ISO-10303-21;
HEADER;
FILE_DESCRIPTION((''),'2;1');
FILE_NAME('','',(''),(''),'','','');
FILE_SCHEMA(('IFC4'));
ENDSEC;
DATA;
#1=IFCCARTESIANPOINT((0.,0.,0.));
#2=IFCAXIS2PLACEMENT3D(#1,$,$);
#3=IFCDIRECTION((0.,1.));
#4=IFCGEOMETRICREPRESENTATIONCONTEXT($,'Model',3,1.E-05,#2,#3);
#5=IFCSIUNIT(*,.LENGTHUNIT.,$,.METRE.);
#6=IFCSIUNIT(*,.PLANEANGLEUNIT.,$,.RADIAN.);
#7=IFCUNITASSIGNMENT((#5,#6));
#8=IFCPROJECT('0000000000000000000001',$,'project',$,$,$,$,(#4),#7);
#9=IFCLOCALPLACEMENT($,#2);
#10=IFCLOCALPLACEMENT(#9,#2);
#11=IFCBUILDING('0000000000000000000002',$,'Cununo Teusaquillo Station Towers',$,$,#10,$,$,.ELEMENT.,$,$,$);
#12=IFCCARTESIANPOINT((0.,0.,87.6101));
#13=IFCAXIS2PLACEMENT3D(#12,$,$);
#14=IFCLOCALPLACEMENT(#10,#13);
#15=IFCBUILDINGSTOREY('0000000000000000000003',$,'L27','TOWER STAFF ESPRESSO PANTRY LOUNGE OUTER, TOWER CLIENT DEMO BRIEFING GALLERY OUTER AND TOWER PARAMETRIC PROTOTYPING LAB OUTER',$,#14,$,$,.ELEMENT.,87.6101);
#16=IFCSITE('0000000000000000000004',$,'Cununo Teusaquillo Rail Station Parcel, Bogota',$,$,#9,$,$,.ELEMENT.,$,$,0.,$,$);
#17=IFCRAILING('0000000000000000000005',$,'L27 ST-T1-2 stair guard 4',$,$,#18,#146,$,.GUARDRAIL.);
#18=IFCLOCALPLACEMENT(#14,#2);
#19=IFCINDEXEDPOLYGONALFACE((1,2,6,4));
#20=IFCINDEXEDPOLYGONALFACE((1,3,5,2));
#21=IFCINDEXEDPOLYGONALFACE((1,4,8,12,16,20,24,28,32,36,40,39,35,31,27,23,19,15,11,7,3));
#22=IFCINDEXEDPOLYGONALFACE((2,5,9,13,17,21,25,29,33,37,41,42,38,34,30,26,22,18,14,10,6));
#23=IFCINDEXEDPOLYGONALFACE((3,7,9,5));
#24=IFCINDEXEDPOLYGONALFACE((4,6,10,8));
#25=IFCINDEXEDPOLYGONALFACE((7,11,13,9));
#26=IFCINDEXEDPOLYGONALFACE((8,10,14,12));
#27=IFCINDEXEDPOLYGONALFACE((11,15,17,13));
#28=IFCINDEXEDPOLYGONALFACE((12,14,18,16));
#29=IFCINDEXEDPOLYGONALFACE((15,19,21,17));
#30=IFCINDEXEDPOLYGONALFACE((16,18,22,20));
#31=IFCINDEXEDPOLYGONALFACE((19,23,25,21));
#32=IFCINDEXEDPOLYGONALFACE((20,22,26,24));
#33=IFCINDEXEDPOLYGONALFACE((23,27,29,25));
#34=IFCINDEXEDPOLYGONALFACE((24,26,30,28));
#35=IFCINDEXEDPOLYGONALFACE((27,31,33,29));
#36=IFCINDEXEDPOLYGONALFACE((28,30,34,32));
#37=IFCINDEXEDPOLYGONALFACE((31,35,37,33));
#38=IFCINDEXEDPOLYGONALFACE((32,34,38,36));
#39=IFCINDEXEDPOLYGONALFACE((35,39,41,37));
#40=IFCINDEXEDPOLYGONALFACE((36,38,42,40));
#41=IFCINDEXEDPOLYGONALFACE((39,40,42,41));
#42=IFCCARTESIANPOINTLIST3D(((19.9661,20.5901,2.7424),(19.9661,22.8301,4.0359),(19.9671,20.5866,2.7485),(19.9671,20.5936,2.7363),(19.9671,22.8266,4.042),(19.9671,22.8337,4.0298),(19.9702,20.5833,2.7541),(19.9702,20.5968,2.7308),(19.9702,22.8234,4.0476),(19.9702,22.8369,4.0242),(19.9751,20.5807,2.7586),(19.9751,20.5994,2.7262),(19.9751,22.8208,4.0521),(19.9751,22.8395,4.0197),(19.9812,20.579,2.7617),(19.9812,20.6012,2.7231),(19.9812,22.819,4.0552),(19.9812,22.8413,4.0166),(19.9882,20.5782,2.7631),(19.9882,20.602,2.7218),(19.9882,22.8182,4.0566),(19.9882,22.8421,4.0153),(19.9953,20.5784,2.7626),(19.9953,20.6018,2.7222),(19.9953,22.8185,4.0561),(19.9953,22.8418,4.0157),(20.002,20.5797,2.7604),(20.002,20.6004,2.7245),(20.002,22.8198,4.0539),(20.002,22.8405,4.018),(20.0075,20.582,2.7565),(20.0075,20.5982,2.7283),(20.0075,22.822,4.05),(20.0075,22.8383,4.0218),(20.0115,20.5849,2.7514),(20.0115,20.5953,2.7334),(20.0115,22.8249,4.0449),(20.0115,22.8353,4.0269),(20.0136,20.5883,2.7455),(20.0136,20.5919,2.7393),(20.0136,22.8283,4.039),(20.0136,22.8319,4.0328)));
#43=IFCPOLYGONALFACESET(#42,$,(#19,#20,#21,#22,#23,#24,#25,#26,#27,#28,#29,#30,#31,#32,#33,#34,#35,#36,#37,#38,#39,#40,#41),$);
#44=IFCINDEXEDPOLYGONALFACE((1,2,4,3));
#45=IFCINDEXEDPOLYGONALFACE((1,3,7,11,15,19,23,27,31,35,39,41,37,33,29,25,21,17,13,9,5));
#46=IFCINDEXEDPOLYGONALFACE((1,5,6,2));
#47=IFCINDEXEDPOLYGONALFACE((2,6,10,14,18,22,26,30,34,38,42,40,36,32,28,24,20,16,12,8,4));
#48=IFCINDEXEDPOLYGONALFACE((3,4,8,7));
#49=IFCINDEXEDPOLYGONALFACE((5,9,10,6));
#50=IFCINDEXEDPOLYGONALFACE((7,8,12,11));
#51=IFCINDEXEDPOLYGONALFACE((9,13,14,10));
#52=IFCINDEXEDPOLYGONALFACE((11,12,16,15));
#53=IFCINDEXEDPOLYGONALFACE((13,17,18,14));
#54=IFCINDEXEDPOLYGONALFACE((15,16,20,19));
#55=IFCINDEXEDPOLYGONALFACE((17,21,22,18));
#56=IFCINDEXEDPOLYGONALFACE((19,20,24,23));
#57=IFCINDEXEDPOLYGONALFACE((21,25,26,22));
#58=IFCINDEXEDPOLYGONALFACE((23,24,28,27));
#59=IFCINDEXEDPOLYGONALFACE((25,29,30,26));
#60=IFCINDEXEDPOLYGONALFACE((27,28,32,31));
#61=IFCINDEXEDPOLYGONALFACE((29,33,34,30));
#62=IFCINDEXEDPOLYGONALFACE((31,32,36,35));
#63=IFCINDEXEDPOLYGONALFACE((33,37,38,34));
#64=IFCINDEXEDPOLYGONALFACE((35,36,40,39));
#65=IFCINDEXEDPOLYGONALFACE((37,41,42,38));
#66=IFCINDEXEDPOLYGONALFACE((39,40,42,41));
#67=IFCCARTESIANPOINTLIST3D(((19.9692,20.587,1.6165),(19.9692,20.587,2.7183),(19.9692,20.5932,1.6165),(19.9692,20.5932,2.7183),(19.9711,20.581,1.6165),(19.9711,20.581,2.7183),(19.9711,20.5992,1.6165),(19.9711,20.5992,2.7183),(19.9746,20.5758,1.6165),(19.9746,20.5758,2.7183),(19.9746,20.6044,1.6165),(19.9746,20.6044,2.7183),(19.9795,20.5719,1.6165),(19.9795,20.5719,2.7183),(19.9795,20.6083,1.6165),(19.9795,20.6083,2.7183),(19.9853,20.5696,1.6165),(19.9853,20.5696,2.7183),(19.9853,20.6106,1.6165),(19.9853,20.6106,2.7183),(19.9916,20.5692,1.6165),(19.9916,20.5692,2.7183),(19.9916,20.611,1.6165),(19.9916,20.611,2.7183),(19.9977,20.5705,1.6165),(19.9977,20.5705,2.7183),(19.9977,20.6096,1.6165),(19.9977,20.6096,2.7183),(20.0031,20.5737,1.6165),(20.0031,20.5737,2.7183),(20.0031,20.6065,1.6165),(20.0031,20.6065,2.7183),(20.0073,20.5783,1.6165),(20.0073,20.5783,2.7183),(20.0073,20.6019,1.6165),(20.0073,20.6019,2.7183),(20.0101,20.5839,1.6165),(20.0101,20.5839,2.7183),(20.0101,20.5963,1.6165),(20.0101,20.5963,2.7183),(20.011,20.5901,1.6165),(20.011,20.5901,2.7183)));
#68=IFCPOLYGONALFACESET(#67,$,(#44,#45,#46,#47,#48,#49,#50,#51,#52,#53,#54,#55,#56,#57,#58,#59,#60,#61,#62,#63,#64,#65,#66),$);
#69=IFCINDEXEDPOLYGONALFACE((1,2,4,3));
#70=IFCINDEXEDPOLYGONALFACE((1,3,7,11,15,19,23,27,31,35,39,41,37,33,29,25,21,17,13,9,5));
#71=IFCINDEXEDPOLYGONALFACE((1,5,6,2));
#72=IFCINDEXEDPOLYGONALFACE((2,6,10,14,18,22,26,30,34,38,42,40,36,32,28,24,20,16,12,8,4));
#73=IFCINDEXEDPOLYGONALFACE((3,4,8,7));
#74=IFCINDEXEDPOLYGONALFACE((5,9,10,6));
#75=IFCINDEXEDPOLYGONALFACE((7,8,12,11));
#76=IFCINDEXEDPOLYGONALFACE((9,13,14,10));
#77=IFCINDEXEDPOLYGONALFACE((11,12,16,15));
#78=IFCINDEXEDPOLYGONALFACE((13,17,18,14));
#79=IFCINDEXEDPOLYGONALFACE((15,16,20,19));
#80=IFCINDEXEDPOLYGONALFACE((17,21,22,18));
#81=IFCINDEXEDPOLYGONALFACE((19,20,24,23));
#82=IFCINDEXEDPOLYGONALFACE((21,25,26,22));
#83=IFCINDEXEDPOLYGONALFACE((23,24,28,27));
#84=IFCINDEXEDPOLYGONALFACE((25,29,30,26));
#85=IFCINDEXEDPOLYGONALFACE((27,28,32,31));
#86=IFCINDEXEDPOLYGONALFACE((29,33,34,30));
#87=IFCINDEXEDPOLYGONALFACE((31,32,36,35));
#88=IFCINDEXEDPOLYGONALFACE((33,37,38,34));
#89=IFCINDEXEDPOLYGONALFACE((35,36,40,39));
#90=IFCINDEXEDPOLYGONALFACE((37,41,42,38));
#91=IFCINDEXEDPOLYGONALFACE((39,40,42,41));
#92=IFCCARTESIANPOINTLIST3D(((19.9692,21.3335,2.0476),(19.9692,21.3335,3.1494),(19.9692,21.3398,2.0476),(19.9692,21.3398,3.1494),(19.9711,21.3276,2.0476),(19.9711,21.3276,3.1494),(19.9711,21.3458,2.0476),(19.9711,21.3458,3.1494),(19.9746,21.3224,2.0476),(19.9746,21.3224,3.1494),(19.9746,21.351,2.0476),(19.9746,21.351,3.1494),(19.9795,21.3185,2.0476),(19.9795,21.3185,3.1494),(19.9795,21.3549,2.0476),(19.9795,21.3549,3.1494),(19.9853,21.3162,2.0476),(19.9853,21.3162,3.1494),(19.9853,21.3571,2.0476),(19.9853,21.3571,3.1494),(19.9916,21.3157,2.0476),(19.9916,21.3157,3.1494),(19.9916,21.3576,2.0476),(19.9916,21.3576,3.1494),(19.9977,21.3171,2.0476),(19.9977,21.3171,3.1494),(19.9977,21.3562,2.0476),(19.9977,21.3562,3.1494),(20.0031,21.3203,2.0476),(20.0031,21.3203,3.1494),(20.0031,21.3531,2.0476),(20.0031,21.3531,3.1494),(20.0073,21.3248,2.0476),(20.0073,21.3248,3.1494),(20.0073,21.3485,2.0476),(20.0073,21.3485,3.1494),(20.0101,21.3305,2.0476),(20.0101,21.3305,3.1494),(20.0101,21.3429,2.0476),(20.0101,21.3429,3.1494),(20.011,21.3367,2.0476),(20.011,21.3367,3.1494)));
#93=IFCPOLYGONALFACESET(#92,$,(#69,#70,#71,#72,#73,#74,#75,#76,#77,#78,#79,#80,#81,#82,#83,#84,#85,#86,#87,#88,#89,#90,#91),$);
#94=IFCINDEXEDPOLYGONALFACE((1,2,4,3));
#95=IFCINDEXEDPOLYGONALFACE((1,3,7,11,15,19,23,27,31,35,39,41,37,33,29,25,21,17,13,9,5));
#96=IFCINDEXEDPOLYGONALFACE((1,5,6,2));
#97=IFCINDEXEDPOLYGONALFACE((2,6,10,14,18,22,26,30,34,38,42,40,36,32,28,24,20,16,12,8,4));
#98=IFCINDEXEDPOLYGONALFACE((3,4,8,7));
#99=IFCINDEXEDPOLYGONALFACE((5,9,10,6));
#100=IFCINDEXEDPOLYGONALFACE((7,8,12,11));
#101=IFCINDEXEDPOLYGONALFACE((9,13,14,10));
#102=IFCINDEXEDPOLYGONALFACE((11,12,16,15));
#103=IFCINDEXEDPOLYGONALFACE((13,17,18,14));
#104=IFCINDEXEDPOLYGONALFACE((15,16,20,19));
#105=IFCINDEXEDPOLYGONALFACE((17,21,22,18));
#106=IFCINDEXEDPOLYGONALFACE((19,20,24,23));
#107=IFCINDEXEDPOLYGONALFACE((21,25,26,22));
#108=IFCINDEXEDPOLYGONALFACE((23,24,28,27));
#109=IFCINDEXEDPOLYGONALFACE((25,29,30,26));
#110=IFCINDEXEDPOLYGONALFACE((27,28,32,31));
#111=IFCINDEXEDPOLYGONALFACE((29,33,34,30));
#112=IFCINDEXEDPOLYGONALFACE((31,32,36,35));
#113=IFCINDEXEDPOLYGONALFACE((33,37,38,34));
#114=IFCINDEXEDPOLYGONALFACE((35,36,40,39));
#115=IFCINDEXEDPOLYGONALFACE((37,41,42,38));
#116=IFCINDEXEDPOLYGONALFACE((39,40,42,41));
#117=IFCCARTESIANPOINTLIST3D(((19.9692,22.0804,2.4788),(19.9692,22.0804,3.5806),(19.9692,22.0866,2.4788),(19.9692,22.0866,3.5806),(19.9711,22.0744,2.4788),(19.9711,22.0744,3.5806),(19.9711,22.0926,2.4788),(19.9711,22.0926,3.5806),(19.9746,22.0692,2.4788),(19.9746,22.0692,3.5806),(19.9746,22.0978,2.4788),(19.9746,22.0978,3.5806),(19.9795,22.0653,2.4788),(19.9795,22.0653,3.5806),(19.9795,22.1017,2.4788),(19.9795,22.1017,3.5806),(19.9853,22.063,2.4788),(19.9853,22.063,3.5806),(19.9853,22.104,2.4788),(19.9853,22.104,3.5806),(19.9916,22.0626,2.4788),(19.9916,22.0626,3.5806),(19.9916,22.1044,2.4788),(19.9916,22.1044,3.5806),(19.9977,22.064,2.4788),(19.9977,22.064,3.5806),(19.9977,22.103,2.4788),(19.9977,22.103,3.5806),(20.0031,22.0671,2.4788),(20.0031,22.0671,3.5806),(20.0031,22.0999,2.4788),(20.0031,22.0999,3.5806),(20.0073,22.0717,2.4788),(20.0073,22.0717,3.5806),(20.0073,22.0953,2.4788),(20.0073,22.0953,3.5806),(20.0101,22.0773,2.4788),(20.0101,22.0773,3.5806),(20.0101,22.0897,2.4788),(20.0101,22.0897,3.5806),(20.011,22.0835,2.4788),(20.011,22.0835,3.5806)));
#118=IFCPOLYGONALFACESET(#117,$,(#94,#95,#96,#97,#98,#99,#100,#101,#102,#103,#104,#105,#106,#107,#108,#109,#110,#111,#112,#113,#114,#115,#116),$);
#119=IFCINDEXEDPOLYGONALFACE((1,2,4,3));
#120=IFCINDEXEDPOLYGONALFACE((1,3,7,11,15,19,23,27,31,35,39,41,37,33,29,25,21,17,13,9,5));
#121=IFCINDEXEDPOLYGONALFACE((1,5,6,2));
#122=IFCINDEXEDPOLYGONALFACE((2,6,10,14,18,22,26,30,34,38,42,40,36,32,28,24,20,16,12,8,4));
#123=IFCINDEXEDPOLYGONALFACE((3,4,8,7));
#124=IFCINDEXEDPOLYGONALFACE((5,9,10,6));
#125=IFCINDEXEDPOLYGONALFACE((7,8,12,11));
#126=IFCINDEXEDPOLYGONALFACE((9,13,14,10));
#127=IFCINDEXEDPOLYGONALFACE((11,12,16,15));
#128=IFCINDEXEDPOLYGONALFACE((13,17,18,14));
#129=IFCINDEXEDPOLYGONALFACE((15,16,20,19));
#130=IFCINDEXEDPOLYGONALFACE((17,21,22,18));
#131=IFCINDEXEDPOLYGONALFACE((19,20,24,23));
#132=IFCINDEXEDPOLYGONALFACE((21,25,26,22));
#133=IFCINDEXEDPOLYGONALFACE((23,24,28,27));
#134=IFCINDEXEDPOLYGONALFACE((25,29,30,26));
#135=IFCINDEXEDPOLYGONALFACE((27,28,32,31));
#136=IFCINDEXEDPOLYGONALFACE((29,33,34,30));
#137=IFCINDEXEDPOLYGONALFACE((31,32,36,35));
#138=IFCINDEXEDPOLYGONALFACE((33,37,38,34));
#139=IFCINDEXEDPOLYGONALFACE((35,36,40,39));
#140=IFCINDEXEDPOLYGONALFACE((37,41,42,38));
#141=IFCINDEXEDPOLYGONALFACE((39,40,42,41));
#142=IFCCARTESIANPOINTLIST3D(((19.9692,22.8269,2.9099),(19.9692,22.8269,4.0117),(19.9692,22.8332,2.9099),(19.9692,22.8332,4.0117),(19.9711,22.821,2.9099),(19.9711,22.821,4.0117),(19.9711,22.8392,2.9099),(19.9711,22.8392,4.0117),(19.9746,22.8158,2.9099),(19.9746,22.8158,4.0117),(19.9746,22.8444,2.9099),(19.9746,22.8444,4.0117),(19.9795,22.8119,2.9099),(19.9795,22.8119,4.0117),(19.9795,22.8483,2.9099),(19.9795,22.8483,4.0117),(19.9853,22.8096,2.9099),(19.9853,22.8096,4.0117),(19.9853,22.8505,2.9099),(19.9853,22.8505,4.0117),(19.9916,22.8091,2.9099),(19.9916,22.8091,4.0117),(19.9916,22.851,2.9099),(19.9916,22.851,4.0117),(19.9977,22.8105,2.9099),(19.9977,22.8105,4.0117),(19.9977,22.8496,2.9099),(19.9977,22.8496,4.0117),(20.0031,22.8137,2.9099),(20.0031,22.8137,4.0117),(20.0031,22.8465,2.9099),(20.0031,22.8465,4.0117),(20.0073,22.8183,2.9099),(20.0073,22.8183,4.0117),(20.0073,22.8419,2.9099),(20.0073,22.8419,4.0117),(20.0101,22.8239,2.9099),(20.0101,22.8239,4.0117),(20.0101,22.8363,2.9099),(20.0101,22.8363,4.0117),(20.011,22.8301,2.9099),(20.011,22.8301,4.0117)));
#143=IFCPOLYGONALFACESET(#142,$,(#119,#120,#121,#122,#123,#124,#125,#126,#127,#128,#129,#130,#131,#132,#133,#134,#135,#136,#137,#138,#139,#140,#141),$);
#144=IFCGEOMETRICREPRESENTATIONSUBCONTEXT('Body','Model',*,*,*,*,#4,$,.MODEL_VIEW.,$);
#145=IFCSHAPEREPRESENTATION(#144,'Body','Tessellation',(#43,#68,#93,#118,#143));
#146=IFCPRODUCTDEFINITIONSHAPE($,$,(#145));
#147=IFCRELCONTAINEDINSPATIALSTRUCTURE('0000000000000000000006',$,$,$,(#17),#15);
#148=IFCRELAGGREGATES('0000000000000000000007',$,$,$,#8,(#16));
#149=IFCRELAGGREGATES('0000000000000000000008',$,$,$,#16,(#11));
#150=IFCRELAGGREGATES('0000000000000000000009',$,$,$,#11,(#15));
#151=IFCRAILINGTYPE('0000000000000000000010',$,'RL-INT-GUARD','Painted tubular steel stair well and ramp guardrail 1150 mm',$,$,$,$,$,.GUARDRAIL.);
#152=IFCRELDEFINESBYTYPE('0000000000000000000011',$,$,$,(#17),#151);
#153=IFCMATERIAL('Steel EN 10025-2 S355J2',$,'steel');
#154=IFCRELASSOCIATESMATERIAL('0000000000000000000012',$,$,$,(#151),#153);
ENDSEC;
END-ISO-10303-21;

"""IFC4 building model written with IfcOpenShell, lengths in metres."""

from ifc_helpers import new_model, si_unit, direction, frame, origin, origin_2d, place, context, subcontext, project, spatial, circle, extrude, material, type_object, element, save


model = new_model("IFC4")

# Units and contexts
model_context = context("Model", 3, precision=1e-05, world=origin(), true_north=direction((0.0, 1.0)))
body_context = subcontext(model_context, "Body", "Model", "MODEL_VIEW")
ifc_project = project(units=[si_unit("LENGTHUNIT", "METRE"), si_unit("PLANEANGLEUNIT", "RADIAN")], contexts=[model_context])

# Site, building, storey
site_placement = place(None, origin())
site = spatial("IfcSite", under=ifc_project, at=site_placement, Name="Cununo Teusaquillo Rail Station Parcel, Bogota", CompositionType="ELEMENT", RefElevation=0.0)
building_placement = place(site_placement, origin())
building = spatial("IfcBuilding", under=site, at=building_placement, Name="Cununo Teusaquillo Station Towers", CompositionType="ELEMENT")
storey_placement = place(building_placement, frame((0.0, 0.0, 87.6101)))
storey = spatial("IfcBuildingStorey", under=building, at=storey_placement, Name="L27", Description="TOWER STAFF ESPRESSO PANTRY LOUNGE OUTER, TOWER CLIENT DEMO BRIEFING GALLERY OUTER AND TOWER PARAMETRIC PROTOTYPING LAB OUTER", CompositionType="ELEMENT", Elevation=87.6101)

# Railing
ifc_material_1 = material(Name="Steel EN 10025-2 S355J2", Category="steel")
railing_type_1 = type_object("IfcRailingType", Name="RL-INT-GUARD", Description="Painted tubular steel stair well and ramp guardrail 1150 mm", PredefinedType="GUARDRAIL", material=ifc_material_1)
railing_1_placement = place(storey_placement, frame((19.99, 20.5901, 1.6165)))
element("IfcRailing", 1, at=railing_1_placement, inside=storey, type_object=railing_type_1, Name="L27 ST-T1-2 stair guard 4", PredefinedType="GUARDRAIL", context=body_context, shape_type="SweptSolid", body=[
    extrude(circle(Radius=0.0239, at=origin_2d()), frame((0.0, 0.0, 1.126), z_axis=(0.0, 0.865992, 0.500057), x_axis=(-1.0, 0.0, 0.0)), (0.0, 0.0, 1.0), 2.5867),
    extrude(circle(Radius=0.021, at=origin_2d()), origin(), (0.0, 0.0, 1.0), 1.1018),
    extrude(circle(Radius=0.021, at=origin_2d()), frame((0.0, 0.7466, 0.4312)), (0.0, 0.0, 1.0), 1.1018),
    extrude(circle(Radius=0.021, at=origin_2d()), frame((0.0, 1.4934, 0.8623)), (0.0, 0.0, 1.0), 1.1018),
    extrude(circle(Radius=0.021, at=origin_2d()), frame((0.0, 2.24, 1.2935)), (0.0, 0.0, 1.0), 1.1018),
])

save(model, "model.ifc")
